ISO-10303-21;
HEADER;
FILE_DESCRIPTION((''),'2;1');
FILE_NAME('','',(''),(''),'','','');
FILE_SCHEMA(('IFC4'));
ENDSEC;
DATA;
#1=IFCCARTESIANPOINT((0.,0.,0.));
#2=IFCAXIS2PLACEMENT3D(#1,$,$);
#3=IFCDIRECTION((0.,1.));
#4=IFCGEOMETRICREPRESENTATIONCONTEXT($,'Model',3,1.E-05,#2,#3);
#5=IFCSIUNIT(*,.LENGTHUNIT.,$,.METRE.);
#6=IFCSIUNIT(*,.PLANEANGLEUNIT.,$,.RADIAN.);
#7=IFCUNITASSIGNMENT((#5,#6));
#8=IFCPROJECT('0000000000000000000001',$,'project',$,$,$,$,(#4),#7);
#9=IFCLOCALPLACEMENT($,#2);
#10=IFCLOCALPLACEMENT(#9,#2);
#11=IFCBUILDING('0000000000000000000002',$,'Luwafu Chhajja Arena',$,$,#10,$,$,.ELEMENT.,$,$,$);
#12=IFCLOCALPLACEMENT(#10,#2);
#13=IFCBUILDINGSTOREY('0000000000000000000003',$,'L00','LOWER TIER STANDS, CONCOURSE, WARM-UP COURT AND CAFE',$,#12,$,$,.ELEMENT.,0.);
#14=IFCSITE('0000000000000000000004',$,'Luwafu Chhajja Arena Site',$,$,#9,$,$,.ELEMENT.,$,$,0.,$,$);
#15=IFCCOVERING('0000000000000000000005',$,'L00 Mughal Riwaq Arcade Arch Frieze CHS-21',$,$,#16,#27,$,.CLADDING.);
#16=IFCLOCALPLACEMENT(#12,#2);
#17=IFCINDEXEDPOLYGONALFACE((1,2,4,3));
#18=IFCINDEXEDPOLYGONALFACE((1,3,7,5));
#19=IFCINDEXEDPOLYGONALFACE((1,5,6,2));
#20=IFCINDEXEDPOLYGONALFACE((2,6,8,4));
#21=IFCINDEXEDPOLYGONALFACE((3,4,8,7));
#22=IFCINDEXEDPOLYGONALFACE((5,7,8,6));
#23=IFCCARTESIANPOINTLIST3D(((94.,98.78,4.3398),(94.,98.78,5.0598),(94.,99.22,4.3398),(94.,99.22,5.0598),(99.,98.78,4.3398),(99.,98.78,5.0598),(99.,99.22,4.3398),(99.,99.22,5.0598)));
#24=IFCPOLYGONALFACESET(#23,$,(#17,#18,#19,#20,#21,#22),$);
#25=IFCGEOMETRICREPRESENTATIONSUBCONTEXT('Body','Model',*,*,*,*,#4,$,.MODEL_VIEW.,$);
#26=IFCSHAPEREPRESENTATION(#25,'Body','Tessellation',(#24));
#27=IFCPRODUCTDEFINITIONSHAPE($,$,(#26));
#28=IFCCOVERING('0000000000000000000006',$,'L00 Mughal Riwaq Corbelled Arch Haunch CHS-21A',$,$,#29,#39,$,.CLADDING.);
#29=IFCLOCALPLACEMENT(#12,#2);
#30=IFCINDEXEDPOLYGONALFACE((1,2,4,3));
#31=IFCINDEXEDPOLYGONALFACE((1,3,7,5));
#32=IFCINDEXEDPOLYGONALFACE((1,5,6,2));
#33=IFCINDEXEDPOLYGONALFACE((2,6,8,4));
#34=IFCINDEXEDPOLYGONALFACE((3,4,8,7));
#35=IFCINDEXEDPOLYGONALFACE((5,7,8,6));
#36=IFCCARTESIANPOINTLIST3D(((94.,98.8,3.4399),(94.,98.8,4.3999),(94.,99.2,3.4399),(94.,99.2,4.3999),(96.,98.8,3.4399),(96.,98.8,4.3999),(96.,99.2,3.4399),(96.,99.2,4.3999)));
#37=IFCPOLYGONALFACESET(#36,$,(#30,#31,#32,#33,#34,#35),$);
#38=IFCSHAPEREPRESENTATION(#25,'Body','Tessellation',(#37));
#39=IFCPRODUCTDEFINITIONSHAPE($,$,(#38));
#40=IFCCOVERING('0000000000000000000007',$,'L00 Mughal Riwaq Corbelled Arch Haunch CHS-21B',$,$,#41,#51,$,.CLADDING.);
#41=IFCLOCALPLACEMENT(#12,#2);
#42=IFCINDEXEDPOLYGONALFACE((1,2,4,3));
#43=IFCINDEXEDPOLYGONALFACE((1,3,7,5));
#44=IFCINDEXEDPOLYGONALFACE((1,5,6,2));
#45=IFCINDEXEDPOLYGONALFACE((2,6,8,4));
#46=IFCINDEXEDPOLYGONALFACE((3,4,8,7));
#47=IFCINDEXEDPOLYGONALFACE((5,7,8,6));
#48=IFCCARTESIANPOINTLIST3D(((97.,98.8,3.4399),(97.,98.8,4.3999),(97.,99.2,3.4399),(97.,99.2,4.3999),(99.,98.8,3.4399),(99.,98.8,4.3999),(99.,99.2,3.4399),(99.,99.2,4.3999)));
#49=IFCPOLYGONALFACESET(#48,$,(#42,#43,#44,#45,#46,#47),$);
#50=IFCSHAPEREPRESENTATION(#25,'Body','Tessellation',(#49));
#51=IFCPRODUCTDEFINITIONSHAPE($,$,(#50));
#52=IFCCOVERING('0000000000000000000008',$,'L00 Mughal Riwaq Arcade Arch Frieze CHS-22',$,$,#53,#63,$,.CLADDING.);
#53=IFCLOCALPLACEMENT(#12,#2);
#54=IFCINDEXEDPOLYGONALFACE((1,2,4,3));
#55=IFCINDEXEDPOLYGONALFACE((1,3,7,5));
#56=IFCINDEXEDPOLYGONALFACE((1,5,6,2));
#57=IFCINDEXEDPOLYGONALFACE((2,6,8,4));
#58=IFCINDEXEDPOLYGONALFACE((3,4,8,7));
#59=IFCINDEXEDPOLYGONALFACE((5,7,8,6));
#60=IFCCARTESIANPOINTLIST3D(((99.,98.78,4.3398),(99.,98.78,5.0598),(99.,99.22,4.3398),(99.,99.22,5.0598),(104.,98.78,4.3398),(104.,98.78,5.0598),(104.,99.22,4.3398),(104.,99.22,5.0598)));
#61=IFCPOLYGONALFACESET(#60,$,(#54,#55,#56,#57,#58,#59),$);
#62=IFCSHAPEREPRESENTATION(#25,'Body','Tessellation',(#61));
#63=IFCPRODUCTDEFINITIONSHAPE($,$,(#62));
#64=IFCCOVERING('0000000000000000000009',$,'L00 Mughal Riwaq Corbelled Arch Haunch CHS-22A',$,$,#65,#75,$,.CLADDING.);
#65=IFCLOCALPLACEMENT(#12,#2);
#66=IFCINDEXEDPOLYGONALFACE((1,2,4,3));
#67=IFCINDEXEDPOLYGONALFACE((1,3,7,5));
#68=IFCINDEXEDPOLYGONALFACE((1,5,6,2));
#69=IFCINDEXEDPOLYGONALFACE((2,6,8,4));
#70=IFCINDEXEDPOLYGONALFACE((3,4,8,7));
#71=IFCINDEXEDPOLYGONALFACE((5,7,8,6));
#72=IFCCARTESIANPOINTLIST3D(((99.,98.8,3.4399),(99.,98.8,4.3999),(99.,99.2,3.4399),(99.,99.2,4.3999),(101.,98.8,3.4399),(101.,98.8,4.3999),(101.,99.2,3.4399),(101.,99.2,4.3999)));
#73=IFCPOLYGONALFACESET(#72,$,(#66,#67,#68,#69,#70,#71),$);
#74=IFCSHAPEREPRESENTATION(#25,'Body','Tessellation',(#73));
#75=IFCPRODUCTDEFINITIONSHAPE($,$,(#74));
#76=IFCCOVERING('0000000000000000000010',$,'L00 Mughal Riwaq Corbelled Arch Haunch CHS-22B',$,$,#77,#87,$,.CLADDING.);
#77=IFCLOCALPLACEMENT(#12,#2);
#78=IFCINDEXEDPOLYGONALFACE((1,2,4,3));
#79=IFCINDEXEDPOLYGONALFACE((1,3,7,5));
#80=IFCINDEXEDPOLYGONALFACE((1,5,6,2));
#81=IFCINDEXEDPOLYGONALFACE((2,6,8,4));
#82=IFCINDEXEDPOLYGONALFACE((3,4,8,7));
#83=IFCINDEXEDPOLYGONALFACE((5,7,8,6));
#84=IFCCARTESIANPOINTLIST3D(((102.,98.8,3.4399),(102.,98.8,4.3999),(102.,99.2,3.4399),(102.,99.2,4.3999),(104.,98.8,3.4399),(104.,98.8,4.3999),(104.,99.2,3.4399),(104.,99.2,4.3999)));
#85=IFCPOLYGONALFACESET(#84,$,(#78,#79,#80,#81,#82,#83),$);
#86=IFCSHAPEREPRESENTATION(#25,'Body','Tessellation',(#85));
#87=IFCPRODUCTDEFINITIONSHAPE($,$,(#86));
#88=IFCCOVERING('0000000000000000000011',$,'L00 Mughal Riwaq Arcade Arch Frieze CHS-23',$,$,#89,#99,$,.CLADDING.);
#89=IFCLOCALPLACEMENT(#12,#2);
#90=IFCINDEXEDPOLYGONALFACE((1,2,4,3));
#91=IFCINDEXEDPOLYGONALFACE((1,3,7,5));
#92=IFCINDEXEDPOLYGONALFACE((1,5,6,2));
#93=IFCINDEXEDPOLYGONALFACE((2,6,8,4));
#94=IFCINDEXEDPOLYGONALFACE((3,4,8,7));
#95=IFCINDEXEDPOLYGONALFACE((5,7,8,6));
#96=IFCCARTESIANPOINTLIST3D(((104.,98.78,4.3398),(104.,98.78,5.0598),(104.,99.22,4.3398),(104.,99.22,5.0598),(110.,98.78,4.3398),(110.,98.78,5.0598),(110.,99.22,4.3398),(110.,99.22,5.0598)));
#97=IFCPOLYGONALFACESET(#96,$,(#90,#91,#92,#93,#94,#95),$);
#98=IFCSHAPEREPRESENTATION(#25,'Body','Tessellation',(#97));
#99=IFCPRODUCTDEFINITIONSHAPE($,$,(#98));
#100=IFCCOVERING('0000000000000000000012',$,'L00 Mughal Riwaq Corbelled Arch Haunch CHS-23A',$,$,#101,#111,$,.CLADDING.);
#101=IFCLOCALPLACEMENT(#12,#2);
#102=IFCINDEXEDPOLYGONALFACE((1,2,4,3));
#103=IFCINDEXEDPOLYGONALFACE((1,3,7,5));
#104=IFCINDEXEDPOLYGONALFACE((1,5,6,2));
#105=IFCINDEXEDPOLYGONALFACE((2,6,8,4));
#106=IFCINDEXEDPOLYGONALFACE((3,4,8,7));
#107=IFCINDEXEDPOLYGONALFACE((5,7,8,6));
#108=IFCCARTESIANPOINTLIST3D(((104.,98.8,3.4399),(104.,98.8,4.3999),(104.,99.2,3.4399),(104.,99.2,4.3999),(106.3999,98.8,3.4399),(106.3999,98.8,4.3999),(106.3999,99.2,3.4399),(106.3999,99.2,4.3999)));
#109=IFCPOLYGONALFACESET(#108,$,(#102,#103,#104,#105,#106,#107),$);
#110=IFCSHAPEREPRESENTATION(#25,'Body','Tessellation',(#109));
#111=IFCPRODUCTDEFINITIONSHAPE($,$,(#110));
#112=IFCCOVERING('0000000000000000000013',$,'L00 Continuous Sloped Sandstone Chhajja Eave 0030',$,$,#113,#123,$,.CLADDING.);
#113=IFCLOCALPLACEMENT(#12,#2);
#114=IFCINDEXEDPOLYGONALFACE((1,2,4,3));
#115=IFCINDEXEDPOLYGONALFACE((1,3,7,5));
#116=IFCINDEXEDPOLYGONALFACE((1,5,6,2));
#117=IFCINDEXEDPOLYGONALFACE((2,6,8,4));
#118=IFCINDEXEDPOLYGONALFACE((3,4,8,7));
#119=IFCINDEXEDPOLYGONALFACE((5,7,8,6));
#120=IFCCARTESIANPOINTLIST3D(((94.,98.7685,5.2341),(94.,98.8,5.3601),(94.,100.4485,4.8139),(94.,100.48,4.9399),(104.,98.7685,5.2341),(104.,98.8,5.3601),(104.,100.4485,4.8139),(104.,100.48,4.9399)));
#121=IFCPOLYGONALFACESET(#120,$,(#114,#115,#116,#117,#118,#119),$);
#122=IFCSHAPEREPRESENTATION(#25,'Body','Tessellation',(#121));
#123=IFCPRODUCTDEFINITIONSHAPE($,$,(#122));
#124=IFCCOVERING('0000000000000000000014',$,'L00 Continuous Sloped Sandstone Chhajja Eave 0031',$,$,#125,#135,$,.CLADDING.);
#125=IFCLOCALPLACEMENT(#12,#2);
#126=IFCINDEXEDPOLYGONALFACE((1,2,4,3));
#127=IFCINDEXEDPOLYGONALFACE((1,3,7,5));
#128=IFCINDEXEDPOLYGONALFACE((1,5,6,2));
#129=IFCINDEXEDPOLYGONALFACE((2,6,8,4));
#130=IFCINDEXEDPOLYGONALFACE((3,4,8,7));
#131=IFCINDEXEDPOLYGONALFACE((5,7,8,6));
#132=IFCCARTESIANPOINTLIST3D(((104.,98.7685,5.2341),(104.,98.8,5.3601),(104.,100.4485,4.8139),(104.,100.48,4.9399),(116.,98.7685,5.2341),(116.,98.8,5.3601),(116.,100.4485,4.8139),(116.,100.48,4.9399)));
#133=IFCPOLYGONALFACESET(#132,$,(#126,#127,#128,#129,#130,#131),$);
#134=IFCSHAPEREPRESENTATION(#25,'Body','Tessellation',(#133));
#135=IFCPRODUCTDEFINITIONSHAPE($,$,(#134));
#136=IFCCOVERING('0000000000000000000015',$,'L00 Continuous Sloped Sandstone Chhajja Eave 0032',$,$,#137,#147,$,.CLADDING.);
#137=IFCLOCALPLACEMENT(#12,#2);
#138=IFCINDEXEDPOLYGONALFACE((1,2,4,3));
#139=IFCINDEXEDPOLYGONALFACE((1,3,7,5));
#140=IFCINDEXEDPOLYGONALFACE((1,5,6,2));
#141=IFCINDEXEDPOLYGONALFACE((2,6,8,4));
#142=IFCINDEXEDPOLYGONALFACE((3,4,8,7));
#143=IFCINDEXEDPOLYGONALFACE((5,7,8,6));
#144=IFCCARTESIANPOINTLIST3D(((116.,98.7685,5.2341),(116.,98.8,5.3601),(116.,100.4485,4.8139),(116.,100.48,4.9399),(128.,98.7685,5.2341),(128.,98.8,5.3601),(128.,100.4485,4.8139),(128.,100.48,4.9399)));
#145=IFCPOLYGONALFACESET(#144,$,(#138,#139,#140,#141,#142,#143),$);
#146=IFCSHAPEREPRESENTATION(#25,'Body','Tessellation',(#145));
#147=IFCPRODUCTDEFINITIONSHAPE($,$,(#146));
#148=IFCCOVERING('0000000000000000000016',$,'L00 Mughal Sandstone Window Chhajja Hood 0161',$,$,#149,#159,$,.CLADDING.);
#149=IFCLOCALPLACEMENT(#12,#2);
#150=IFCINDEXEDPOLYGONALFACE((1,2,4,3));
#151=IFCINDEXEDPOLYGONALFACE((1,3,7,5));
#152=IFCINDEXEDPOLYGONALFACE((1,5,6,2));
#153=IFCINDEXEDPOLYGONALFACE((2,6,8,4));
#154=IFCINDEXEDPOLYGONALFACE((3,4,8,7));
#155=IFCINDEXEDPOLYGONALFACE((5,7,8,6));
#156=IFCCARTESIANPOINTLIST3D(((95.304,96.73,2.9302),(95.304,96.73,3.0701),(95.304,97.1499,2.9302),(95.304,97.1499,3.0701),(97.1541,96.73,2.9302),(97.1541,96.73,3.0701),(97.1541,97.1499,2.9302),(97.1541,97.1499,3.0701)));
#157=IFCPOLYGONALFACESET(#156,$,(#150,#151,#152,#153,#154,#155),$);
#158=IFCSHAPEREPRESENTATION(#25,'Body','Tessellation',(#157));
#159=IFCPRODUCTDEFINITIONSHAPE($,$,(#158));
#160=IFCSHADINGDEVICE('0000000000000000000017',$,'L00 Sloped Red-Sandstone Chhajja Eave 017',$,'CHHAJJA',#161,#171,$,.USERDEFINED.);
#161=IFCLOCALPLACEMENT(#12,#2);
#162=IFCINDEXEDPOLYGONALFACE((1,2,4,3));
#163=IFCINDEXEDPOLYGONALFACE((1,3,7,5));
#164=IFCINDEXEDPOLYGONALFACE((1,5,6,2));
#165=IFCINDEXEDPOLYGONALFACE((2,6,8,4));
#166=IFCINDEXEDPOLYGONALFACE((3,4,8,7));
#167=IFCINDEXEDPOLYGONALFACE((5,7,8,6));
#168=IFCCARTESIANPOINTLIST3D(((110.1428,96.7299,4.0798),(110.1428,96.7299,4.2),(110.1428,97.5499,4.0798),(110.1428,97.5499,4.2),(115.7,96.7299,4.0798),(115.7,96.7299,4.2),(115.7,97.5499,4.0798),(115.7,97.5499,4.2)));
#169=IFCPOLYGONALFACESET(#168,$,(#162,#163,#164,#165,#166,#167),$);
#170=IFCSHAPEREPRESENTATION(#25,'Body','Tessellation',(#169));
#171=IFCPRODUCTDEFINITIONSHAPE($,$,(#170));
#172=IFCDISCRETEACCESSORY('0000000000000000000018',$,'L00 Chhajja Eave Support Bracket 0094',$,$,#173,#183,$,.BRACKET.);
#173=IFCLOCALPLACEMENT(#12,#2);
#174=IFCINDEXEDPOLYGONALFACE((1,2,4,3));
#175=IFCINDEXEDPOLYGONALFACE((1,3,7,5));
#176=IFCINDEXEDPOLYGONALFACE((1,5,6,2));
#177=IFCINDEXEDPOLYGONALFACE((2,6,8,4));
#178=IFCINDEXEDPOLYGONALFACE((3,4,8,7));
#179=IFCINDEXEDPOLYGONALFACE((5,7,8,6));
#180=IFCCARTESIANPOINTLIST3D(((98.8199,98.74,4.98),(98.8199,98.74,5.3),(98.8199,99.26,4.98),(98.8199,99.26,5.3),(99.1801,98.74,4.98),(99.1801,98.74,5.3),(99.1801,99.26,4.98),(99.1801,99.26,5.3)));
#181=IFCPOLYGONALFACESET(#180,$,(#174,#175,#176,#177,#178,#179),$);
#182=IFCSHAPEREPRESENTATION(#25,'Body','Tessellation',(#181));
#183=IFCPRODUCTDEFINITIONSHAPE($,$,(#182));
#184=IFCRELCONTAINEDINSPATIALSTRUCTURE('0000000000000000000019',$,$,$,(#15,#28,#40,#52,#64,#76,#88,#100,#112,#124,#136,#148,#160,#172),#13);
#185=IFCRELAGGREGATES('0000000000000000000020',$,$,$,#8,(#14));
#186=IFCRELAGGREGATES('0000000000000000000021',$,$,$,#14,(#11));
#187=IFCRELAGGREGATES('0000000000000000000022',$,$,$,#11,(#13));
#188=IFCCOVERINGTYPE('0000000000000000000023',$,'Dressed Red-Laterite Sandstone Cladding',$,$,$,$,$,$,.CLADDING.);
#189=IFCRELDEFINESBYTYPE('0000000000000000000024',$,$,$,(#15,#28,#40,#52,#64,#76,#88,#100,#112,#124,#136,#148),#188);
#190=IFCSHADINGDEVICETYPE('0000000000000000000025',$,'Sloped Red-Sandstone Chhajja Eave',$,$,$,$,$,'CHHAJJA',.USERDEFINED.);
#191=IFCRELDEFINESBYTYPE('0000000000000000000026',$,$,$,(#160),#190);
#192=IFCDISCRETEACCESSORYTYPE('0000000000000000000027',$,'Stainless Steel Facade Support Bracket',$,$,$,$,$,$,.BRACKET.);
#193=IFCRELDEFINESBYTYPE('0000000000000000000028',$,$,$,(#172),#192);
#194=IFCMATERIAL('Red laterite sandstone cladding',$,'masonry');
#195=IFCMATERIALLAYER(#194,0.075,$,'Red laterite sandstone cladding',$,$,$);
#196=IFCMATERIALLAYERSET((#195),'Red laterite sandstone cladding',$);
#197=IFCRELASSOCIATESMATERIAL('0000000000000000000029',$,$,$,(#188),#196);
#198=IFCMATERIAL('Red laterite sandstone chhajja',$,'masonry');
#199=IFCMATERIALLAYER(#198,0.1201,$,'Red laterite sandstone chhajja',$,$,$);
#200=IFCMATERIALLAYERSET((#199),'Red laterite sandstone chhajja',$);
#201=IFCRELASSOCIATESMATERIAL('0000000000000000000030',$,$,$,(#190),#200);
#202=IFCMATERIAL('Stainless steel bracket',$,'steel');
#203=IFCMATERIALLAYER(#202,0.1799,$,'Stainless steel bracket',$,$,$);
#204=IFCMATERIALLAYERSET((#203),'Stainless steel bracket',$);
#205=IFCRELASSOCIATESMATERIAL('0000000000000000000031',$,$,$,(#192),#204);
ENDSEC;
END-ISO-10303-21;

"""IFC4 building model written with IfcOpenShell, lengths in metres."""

from ifc_helpers import new_model, si_unit, direction, frame, origin, origin_2d, place, context, subcontext, project, spatial, polyline, rectangle, outline, extrude, material, layer, layer_set, type_object, element, save


model = new_model("IFC4")

# Units and contexts
model_context = context("Model", 3, precision=1e-05, world=origin(), true_north=direction((0.0, 1.0)))
body_context = subcontext(model_context, "Body", "Model", "MODEL_VIEW")
ifc_project = project(units=[si_unit("LENGTHUNIT", "METRE"), si_unit("PLANEANGLEUNIT", "RADIAN")], contexts=[model_context])

# Site, building, storey
site_placement = place(None, origin())
site = spatial("IfcSite", under=ifc_project, at=site_placement, Name="Luwafu Chhajja Arena Site", CompositionType="ELEMENT", RefElevation=0.0)
building_placement = place(site_placement, origin())
building = spatial("IfcBuilding", under=site, at=building_placement, Name="Luwafu Chhajja Arena", CompositionType="ELEMENT")
storey_placement = place(building_placement, origin())
storey = spatial("IfcBuildingStorey", under=building, at=storey_placement, Name="L00", Description="LOWER TIER STANDS, CONCOURSE, WARM-UP COURT AND CAFE", CompositionType="ELEMENT", Elevation=0.0)

# Coverings
ifc_material_1 = material(Name="Red laterite sandstone cladding", Category="masonry")
ifc_layer_1 = layer(ifc_material_1, 0.075, Name="Red laterite sandstone cladding")
ifc_layer_set_1 = layer_set([ifc_layer_1], Name="Red laterite sandstone cladding")
covering_type = type_object("IfcCoveringType", Name="Dressed Red-Laterite Sandstone Cladding", PredefinedType="CLADDING", material=ifc_layer_set_1)
covering_1_placement = place(storey_placement, frame((96.5, 99.0, 4.3398), z_axis=(0.0, 0.0, 1.0), x_axis=(1.0, 0.0, 0.0)))
element("IfcCovering", 1, at=covering_1_placement, inside=storey, type_object=covering_type, Name="L00 Mughal Riwaq Arcade Arch Frieze CHS-21", PredefinedType="CLADDING", context=body_context, shape_type="SweptSolid", body=[
    extrude(rectangle(XDim=5.0, YDim=0.4399, at=origin_2d()), origin(), (0.0, 0.0, 1.0), 0.72),
])
for number, where, z_axis, x_axis, name in (
    (2, (95.0, 99.0, 3.4399), (0.0, 0.0, 1.0), (1.0, 0.0, 0.0), "L00 Mughal Riwaq Corbelled Arch Haunch CHS-21A"),
    (3, (98.0, 99.0, 3.4399), (0.0, 0.0, 1.0), (1.0, 0.0, 0.0), "L00 Mughal Riwaq Corbelled Arch Haunch CHS-21B"),
):
    element("IfcCovering", number, at=place(storey_placement, frame(where, z_axis=z_axis, x_axis=x_axis)), inside=storey, type_object=covering_type, Name=name, PredefinedType="CLADDING", context=body_context, shape_type="SweptSolid", body=[
        extrude(rectangle(XDim=2.0, YDim=0.3999, at=origin_2d()), origin(), (0.0, 0.0, 1.0), 0.96),
    ])
covering_2_placement = place(storey_placement, frame((101.5, 99.0, 4.3398), z_axis=(0.0, 0.0, 1.0), x_axis=(1.0, 0.0, 0.0)))
element("IfcCovering", 4, at=covering_2_placement, inside=storey, type_object=covering_type, Name="L00 Mughal Riwaq Arcade Arch Frieze CHS-22", PredefinedType="CLADDING", context=body_context, shape_type="SweptSolid", body=[
    extrude(rectangle(XDim=5.0, YDim=0.4399, at=origin_2d()), origin(), (0.0, 0.0, 1.0), 0.72),
])
for number, where, z_axis, x_axis, name in (
    (5, (100.0, 99.0, 3.4399), (0.0, 0.0, 1.0), (1.0, 0.0, 0.0), "L00 Mughal Riwaq Corbelled Arch Haunch CHS-22A"),
    (6, (103.0, 99.0, 3.4399), (0.0, 0.0, 1.0), (1.0, 0.0, 0.0), "L00 Mughal Riwaq Corbelled Arch Haunch CHS-22B"),
):
    element("IfcCovering", number, at=place(storey_placement, frame(where, z_axis=z_axis, x_axis=x_axis)), inside=storey, type_object=covering_type, Name=name, PredefinedType="CLADDING", context=body_context, shape_type="SweptSolid", body=[
        extrude(rectangle(XDim=2.0, YDim=0.3999, at=origin_2d()), origin(), (0.0, 0.0, 1.0), 0.96),
    ])
covering_3_placement = place(storey_placement, frame((107.0, 99.0, 4.3398), z_axis=(0.0, 0.0, 1.0), x_axis=(1.0, 0.0, 0.0)))
element("IfcCovering", 7, at=covering_3_placement, inside=storey, type_object=covering_type, Name="L00 Mughal Riwaq Arcade Arch Frieze CHS-23", PredefinedType="CLADDING", context=body_context, shape_type="SweptSolid", body=[
    extrude(rectangle(XDim=6.0, YDim=0.4399, at=origin_2d()), origin(), (0.0, 0.0, 1.0), 0.72),
])
covering_4_placement = place(storey_placement, frame((105.2, 99.0, 3.4399), z_axis=(0.0, 0.0, 1.0), x_axis=(1.0, 0.0, 0.0)))
element("IfcCovering", 8, at=covering_4_placement, inside=storey, type_object=covering_type, Name="L00 Mughal Riwaq Corbelled Arch Haunch CHS-23A", PredefinedType="CLADDING", context=body_context, shape_type="SweptSolid", body=[
    extrude(rectangle(XDim=2.3999, YDim=0.3999, at=origin_2d()), origin(), (0.0, 0.0, 1.0), 0.96),
])
covering_5_placement = place(storey_placement, frame((94.0, 98.8, 5.3601), z_axis=(0.0, 0.242635, 0.970118), x_axis=(1.0, 0.0, 0.0)))
element("IfcCovering", 9, at=covering_5_placement, inside=storey, type_object=covering_type, Name="L00 Continuous Sloped Sandstone Chhajja Eave 0030", PredefinedType="CLADDING", context=body_context, shape_type="SweptSolid", body=[
    extrude(outline(polyline([(0.0, 0.0), (10.0, 0.0), (10.0, 1.7317), (0.0, 1.7317), (0.0, 0.0)])), origin(), (0.0, 0.0, -1.0), 0.1299),
])
for number, where, z_axis, x_axis, name in (
    (10, (104.0, 98.8, 5.3601), (0.0, 0.242635, 0.970118), (1.0, 0.0, 0.0), "L00 Continuous Sloped Sandstone Chhajja Eave 0031"),
    (11, (116.0, 98.8, 5.3601), (0.0, 0.242635, 0.970118), (1.0, 0.0, 0.0), "L00 Continuous Sloped Sandstone Chhajja Eave 0032"),
):
    element("IfcCovering", number, at=place(storey_placement, frame(where, z_axis=z_axis, x_axis=x_axis)), inside=storey, type_object=covering_type, Name=name, PredefinedType="CLADDING", context=body_context, shape_type="SweptSolid", body=[
        extrude(outline(polyline([(0.0, 0.0), (12.0, 0.0), (12.0, 1.7317), (0.0, 1.7317), (0.0, 0.0)])), origin(), (0.0, 0.0, -1.0), 0.1299),
    ])
covering_6_placement = place(storey_placement, frame((96.229, 96.9399, 2.9302), z_axis=(0.0, 0.0, 1.0), x_axis=(1.0, 0.0, 0.0)))
element("IfcCovering", 12, at=covering_6_placement, inside=storey, type_object=covering_type, Name="L00 Mughal Sandstone Window Chhajja Hood 0161", PredefinedType="CLADDING", context=body_context, shape_type="SweptSolid", body=[
    extrude(rectangle(XDim=1.8501, YDim=0.4199, at=origin_2d()), origin(), (0.0, 0.0, 1.0), 0.1399),
])

# Shading device
ifc_material_2 = material(Name="Red laterite sandstone chhajja", Category="masonry")
ifc_layer_2 = layer(ifc_material_2, 0.1201, Name="Red laterite sandstone chhajja")
ifc_layer_set_2 = layer_set([ifc_layer_2], Name="Red laterite sandstone chhajja")
shading_device_type = type_object("IfcShadingDeviceType", Name="Sloped Red-Sandstone Chhajja Eave", ElementType="CHHAJJA", PredefinedType="USERDEFINED", material=ifc_layer_set_2)
shading_device_placement = place(storey_placement, frame((112.9214, 97.1399, 4.0798), z_axis=(0.0, 0.0, 1.0), x_axis=(1.0, 0.0, 0.0)))
element("IfcShadingDevice", 13, at=shading_device_placement, inside=storey, type_object=shading_device_type, Name="L00 Sloped Red-Sandstone Chhajja Eave 017", ObjectType="CHHAJJA", PredefinedType="USERDEFINED", context=body_context, shape_type="SweptSolid", body=[
    extrude(rectangle(XDim=5.5571, YDim=0.8201, at=origin_2d()), origin(), (0.0, 0.0, 1.0), 0.1201),
])

# Discrete accessory
ifc_material_3 = material(Name="Stainless steel bracket", Category="steel")
ifc_layer_3 = layer(ifc_material_3, 0.1799, Name="Stainless steel bracket")
ifc_layer_set_3 = layer_set([ifc_layer_3], Name="Stainless steel bracket")
discrete_accessory_type = type_object("IfcDiscreteAccessoryType", Name="Stainless Steel Facade Support Bracket", PredefinedType="BRACKET", material=ifc_layer_set_3)
discrete_accessory_placement = place(storey_placement, frame((99.0, 99.0, 4.98), z_axis=(0.0, 0.0, 1.0), x_axis=(1.0, 0.0, 0.0)))
element("IfcDiscreteAccessory", 14, at=discrete_accessory_placement, inside=storey, type_object=discrete_accessory_type, Name="L00 Chhajja Eave Support Bracket 0094", PredefinedType="BRACKET", context=body_context, shape_type="SweptSolid", body=[
    extrude(rectangle(XDim=0.3601, YDim=0.52, at=origin_2d()), origin(), (0.0, 0.0, 1.0), 0.3201),
])

save(model, "model.ifc")
